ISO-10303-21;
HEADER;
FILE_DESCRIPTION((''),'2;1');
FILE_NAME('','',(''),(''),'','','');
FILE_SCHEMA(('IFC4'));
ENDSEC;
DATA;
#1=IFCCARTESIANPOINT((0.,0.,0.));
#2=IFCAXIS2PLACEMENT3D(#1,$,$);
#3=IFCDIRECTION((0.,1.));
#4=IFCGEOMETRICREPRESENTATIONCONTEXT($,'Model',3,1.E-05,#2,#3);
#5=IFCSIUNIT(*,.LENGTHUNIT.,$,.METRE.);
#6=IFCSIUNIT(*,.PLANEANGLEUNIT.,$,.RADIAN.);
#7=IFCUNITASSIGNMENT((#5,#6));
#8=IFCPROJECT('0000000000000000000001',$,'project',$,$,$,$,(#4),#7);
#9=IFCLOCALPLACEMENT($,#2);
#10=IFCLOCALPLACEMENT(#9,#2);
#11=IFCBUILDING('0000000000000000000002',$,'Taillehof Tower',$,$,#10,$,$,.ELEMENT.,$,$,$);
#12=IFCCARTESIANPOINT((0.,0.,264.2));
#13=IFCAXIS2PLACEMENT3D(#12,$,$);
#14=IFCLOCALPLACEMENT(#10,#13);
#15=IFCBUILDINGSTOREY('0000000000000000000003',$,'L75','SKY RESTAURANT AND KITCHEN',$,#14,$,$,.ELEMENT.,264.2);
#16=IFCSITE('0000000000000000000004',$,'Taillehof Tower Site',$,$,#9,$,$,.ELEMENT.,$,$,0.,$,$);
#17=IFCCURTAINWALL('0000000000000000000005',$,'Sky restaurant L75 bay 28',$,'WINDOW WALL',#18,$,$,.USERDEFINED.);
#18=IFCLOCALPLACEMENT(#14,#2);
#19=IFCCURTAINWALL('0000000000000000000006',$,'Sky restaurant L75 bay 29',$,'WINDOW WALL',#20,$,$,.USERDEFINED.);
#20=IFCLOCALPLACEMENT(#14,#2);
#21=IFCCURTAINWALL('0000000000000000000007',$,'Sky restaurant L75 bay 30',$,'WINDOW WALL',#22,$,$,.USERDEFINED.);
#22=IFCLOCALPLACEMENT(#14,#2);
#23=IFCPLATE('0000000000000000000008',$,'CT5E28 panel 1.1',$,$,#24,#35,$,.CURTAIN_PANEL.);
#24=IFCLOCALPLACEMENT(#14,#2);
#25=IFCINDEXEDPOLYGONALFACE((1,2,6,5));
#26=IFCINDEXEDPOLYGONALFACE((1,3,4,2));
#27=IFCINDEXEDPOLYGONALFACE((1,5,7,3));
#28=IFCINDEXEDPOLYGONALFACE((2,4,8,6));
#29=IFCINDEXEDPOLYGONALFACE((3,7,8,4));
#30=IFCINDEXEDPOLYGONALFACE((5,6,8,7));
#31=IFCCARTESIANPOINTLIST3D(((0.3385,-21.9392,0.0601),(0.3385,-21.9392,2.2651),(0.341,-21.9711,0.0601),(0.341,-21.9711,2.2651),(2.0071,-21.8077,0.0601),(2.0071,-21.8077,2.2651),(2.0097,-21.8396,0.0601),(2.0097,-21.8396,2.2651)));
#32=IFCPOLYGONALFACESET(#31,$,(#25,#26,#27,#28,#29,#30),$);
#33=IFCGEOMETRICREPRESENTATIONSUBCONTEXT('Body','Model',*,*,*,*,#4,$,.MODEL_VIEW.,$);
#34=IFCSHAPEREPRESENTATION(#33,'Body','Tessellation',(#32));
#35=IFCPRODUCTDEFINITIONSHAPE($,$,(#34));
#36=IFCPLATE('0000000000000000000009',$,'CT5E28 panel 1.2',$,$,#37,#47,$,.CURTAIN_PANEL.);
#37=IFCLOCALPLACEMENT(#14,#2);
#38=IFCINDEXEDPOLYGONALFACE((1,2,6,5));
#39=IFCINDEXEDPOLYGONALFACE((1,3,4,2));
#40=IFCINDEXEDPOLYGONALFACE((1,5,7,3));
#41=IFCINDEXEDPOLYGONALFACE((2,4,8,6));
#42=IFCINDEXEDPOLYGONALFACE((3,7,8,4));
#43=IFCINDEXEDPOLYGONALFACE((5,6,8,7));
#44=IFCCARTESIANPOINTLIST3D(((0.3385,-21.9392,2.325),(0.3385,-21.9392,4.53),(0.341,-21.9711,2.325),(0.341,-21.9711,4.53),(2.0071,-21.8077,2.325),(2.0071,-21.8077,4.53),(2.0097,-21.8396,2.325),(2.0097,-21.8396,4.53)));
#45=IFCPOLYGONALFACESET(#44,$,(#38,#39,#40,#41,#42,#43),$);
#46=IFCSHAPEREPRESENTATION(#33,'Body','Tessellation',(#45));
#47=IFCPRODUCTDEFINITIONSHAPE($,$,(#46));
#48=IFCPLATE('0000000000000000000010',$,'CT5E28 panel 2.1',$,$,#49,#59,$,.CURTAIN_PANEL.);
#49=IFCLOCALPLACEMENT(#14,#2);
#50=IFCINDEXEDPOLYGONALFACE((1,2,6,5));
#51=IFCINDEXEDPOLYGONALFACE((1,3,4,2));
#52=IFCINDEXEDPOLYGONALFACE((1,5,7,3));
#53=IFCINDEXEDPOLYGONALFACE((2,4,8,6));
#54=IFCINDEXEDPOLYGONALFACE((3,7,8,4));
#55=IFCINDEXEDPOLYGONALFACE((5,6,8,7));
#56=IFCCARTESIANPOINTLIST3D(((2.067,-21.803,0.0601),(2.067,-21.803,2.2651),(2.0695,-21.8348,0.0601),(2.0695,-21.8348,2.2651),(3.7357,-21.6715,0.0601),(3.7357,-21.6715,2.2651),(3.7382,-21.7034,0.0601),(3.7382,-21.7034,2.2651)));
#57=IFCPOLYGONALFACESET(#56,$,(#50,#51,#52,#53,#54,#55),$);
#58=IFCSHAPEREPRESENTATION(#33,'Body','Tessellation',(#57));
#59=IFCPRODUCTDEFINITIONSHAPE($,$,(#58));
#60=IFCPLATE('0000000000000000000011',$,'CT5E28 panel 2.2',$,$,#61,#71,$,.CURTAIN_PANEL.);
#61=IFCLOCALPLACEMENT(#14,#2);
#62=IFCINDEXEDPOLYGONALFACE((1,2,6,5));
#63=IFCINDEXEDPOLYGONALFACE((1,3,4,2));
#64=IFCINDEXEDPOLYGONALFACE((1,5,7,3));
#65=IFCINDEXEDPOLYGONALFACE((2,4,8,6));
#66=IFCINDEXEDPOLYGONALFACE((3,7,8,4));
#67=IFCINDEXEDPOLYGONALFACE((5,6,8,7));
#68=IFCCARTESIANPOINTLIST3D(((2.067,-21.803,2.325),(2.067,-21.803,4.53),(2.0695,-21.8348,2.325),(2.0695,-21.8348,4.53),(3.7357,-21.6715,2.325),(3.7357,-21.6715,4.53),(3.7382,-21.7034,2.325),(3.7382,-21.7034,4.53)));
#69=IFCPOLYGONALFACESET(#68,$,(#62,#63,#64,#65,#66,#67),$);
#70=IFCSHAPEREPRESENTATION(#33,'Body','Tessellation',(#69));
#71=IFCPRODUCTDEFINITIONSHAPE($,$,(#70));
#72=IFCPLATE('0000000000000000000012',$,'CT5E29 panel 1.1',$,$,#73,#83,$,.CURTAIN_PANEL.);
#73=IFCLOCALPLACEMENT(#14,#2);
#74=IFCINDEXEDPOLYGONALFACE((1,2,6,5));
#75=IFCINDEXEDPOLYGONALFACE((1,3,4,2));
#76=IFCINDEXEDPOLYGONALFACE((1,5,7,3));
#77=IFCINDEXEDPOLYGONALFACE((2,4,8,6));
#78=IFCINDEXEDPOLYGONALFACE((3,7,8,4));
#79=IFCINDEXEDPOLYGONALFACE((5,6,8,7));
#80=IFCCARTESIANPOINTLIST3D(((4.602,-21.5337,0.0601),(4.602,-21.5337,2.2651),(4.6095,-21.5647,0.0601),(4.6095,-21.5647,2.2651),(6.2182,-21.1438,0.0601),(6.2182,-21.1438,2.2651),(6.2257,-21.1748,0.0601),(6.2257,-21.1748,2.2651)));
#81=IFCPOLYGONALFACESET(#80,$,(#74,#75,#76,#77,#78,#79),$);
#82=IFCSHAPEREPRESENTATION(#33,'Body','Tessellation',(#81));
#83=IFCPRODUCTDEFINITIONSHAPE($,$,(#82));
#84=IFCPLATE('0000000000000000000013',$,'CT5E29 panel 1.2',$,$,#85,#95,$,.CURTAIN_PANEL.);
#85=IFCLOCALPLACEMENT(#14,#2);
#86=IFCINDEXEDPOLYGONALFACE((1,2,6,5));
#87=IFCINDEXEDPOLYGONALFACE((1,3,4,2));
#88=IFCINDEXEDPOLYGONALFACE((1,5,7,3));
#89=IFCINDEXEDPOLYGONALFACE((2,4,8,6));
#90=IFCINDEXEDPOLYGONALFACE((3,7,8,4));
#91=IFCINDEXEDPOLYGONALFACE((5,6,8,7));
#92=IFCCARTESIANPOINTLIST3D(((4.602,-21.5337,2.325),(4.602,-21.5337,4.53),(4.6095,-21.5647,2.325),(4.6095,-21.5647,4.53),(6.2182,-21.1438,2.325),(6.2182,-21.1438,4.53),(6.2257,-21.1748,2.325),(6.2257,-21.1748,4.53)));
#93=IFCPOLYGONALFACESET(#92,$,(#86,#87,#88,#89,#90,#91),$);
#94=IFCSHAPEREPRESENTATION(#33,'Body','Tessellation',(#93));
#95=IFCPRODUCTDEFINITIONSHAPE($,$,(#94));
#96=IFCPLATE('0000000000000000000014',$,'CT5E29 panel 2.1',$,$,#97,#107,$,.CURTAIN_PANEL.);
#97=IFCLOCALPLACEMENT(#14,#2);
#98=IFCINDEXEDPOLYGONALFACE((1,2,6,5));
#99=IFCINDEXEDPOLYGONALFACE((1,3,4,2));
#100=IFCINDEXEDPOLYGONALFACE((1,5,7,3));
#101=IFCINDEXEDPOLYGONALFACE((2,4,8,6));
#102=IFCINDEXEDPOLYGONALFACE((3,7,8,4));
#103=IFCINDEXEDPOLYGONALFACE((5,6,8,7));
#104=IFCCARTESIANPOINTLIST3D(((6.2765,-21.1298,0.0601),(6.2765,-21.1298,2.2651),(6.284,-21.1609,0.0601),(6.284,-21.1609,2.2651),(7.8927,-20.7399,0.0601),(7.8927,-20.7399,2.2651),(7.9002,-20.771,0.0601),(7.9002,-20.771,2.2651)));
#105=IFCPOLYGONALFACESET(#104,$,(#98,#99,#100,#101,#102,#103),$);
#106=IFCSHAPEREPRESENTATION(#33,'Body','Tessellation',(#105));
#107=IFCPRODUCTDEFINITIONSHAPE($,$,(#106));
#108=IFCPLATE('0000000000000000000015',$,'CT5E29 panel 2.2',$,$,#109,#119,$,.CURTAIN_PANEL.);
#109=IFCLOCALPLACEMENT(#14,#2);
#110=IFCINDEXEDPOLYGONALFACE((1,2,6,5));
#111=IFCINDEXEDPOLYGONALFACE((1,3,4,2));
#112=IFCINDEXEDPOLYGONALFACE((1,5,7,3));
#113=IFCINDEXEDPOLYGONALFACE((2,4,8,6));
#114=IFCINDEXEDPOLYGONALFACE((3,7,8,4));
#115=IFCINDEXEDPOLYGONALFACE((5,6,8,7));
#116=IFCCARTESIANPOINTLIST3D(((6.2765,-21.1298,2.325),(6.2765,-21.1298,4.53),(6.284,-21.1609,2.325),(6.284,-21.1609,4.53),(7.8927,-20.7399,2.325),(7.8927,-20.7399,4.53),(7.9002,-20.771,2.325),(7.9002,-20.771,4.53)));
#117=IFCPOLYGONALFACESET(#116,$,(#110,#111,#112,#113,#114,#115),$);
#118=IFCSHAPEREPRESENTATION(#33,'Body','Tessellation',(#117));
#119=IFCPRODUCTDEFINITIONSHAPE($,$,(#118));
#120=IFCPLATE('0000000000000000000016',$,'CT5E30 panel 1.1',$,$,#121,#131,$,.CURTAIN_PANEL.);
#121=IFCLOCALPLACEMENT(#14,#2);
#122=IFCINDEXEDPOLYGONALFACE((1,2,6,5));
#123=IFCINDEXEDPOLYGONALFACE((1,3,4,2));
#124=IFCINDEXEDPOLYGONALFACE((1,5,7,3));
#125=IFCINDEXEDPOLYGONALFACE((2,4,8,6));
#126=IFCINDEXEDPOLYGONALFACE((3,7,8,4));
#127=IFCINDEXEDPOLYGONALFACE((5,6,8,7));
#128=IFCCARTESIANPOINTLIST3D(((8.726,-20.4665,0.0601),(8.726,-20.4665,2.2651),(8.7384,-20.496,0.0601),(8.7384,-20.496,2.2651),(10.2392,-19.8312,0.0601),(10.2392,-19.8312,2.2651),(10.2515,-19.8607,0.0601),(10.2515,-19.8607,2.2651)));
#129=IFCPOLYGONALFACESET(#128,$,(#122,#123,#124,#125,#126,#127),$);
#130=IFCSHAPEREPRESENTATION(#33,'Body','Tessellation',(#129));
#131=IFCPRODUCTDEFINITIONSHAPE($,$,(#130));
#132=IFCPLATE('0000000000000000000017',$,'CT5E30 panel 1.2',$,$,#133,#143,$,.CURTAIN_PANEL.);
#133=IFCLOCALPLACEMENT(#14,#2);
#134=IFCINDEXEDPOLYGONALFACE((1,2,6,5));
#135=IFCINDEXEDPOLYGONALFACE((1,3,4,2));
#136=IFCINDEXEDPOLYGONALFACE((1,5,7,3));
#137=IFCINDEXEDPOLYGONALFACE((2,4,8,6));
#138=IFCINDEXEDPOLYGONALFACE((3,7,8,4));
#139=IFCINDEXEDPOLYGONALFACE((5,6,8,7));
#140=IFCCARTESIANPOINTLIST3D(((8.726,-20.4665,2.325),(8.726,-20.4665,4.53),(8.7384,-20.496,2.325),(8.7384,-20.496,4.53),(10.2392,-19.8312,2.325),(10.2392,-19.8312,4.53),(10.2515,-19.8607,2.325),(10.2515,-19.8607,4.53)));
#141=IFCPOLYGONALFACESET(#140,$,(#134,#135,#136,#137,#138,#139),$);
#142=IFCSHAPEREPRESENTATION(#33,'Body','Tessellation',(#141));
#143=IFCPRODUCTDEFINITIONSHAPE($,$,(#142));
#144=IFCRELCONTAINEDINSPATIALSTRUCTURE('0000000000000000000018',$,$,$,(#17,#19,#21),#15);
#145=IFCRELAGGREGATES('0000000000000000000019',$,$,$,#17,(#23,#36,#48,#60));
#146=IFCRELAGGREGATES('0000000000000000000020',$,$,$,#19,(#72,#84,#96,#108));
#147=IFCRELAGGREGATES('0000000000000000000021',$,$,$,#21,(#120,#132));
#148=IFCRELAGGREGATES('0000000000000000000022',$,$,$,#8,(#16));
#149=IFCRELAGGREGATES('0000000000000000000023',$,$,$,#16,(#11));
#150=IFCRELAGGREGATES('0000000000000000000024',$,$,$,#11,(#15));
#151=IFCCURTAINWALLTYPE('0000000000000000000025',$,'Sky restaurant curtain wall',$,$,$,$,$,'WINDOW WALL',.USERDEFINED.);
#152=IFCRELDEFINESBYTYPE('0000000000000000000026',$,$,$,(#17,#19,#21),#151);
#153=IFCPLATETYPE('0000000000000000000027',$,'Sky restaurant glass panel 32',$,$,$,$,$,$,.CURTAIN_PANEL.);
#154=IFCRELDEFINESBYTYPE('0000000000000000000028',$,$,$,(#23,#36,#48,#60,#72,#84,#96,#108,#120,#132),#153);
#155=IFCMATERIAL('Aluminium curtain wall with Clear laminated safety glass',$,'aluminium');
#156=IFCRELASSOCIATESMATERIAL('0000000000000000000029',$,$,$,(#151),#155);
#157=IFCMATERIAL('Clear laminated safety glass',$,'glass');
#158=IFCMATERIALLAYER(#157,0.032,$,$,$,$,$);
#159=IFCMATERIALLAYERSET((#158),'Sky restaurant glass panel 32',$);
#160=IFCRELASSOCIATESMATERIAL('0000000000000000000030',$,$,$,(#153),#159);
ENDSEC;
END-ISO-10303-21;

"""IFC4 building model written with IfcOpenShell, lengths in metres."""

from ifc_helpers import new_model, si_unit, direction, frame, origin, origin_2d, place, context, subcontext, project, spatial, rectangle, extrude, material, layer, layer_set, type_object, element, aggregate, save


model = new_model("IFC4")

# Units and contexts
model_context = context("Model", 3, precision=1e-05, world=origin(), true_north=direction((0.0, 1.0)))
body_context = subcontext(model_context, "Body", "Model", "MODEL_VIEW")
ifc_project = project(units=[si_unit("LENGTHUNIT", "METRE"), si_unit("PLANEANGLEUNIT", "RADIAN")], contexts=[model_context])

# Site, building, storey
site_placement = place(None, origin())
site = spatial("IfcSite", under=ifc_project, at=site_placement, Name="Taillehof Tower Site", CompositionType="ELEMENT", RefElevation=0.0)
building_placement = place(site_placement, origin())
building = spatial("IfcBuilding", under=site, at=building_placement, Name="Taillehof Tower", CompositionType="ELEMENT")
storey_placement = place(building_placement, frame((0.0, 0.0, 264.2)))
storey = spatial("IfcBuildingStorey", under=building, at=storey_placement, Name="L75", Description="SKY RESTAURANT AND KITCHEN", CompositionType="ELEMENT", Elevation=264.2)

# Curtain walls
ifc_material_1 = material(Name="Aluminium curtain wall with Clear laminated safety glass", Category="aluminium")
curtain_wall_type = type_object("IfcCurtainWallType", Name="Sky restaurant curtain wall", ElementType="WINDOW WALL", PredefinedType="USERDEFINED", material=ifc_material_1)
curtain_wall_1_placement = place(storey_placement, origin())
curtain_wall_1 = element("IfcCurtainWall", 1, at=curtain_wall_1_placement, inside=storey, type_object=curtain_wall_type, Name="Sky restaurant L75 bay 28", ObjectType="WINDOW WALL", PredefinedType="USERDEFINED")
curtain_wall_2_placement = place(storey_placement, origin())
curtain_wall_2 = element("IfcCurtainWall", 2, at=curtain_wall_2_placement, inside=storey, type_object=curtain_wall_type, Name="Sky restaurant L75 bay 29", ObjectType="WINDOW WALL", PredefinedType="USERDEFINED")

# Curtain wall
curtain_wall_3_placement = place(storey_placement, origin())
curtain_wall_3 = element("IfcCurtainWall", 3, at=curtain_wall_3_placement, inside=storey, type_object=curtain_wall_type, Name="Sky restaurant L75 bay 30", ObjectType="WINDOW WALL", PredefinedType="USERDEFINED")

# Plates
ifc_material_2 = material(Name="Clear laminated safety glass", Category="glass")
ifc_layer = layer(ifc_material_2, 0.032)
ifc_layer_set = layer_set([ifc_layer], Name="Sky restaurant glass panel 32")
plate_type = type_object("IfcPlateType", Name="Sky restaurant glass panel 32", PredefinedType="CURTAIN_PANEL", material=ifc_layer_set)
plate_1_placement = place(storey_placement, frame((1.1741, -21.8894, 0.0601), z_axis=(0.0, 0.0, 1.0), x_axis=(0.996912, 0.078525, 0.0)))
plate_1 = element("IfcPlate", 4, at=plate_1_placement, type_object=plate_type, Name="CT5E28 panel 1.1", PredefinedType="CURTAIN_PANEL", context=body_context, shape_type="SweptSolid", body=[
    extrude(rectangle(XDim=1.6738, YDim=0.032, at=origin_2d()), origin(), (0.0, 0.0, 1.0), 2.2051),
])
plate_2_placement = place(storey_placement, frame((1.1741, -21.8894, 2.325), z_axis=(0.0, 0.0, 1.0), x_axis=(0.996912, 0.078525, 0.0)))
plate_2 = element("IfcPlate", 5, at=plate_2_placement, type_object=plate_type, Name="CT5E28 panel 1.2", PredefinedType="CURTAIN_PANEL", context=body_context, shape_type="SweptSolid", body=[
    extrude(rectangle(XDim=1.6738, YDim=0.032, at=origin_2d()), origin(), (0.0, 0.0, 1.0), 2.2051),
])
plate_3_placement = place(storey_placement, frame((2.9026, -21.7532, 0.0601), z_axis=(0.0, 0.0, 1.0), x_axis=(0.996912, 0.078525, 0.0)))
plate_3 = element("IfcPlate", 6, at=plate_3_placement, type_object=plate_type, Name="CT5E28 panel 2.1", PredefinedType="CURTAIN_PANEL", context=body_context, shape_type="SweptSolid", body=[
    extrude(rectangle(XDim=1.6738, YDim=0.032, at=origin_2d()), origin(), (0.0, 0.0, 1.0), 2.2051),
])
plate_4_placement = place(storey_placement, frame((2.9026, -21.7532, 2.325), z_axis=(0.0, 0.0, 1.0), x_axis=(0.996912, 0.078525, 0.0)))
plate_4 = element("IfcPlate", 7, at=plate_4_placement, type_object=plate_type, Name="CT5E28 panel 2.2", PredefinedType="CURTAIN_PANEL", context=body_context, shape_type="SweptSolid", body=[
    extrude(rectangle(XDim=1.6738, YDim=0.032, at=origin_2d()), origin(), (0.0, 0.0, 1.0), 2.2051),
])
aggregate(curtain_wall_1, [plate_1, plate_2, plate_3, plate_4])
plate_5_placement = place(storey_placement, frame((5.4138, -21.3542, 0.0601), z_axis=(0.0, 0.0, 1.0), x_axis=(0.972113, 0.234515, 0.0)))
plate_5 = element("IfcPlate", 8, at=plate_5_placement, type_object=plate_type, Name="CT5E29 panel 1.1", PredefinedType="CURTAIN_PANEL", context=body_context, shape_type="SweptSolid", body=[
    extrude(rectangle(XDim=1.6626, YDim=0.032, at=origin_2d()), origin(), (0.0, 0.0, 1.0), 2.2051),
])
plate_6_placement = place(storey_placement, frame((5.4138, -21.3542, 2.325), z_axis=(0.0, 0.0, 1.0), x_axis=(0.972113, 0.234515, 0.0)))
plate_6 = element("IfcPlate", 9, at=plate_6_placement, type_object=plate_type, Name="CT5E29 panel 1.2", PredefinedType="CURTAIN_PANEL", context=body_context, shape_type="SweptSolid", body=[
    extrude(rectangle(XDim=1.6626, YDim=0.032, at=origin_2d()), origin(), (0.0, 0.0, 1.0), 2.2051),
])
plate_7_placement = place(storey_placement, frame((7.0884, -20.9504, 0.0601), z_axis=(0.0, 0.0, 1.0), x_axis=(0.972113, 0.234515, 0.0)))
plate_7 = element("IfcPlate", 10, at=plate_7_placement, type_object=plate_type, Name="CT5E29 panel 2.1", PredefinedType="CURTAIN_PANEL", context=body_context, shape_type="SweptSolid", body=[
    extrude(rectangle(XDim=1.6626, YDim=0.032, at=origin_2d()), origin(), (0.0, 0.0, 1.0), 2.2051),
])
plate_8_placement = place(storey_placement, frame((7.0884, -20.9504, 2.325), z_axis=(0.0, 0.0, 1.0), x_axis=(0.972113, 0.234515, 0.0)))
plate_8 = element("IfcPlate", 11, at=plate_8_placement, type_object=plate_type, Name="CT5E29 panel 2.2", PredefinedType="CURTAIN_PANEL", context=body_context, shape_type="SweptSolid", body=[
    extrude(rectangle(XDim=1.6626, YDim=0.032, at=origin_2d()), origin(), (0.0, 0.0, 1.0), 2.2051),
])
aggregate(curtain_wall_2, [plate_5, plate_6, plate_7, plate_8])
plate_9_placement = place(storey_placement, frame((9.4888, -20.1636, 0.0601), z_axis=(0.0, 0.0, 1.0), x_axis=(0.922037, 0.387101, 0.0)))
plate_9 = element("IfcPlate", 12, at=plate_9_placement, type_object=plate_type, Name="CT5E30 panel 1.1", PredefinedType="CURTAIN_PANEL", context=body_context, shape_type="SweptSolid", body=[
    extrude(rectangle(XDim=1.6411, YDim=0.032, at=origin_2d()), origin(), (0.0, 0.0, 1.0), 2.2051),
])
plate_10_placement = place(storey_placement, frame((9.4888, -20.1636, 2.325), z_axis=(0.0, 0.0, 1.0), x_axis=(0.922037, 0.387101, 0.0)))
plate_10 = element("IfcPlate", 13, at=plate_10_placement, type_object=plate_type, Name="CT5E30 panel 1.2", PredefinedType="CURTAIN_PANEL", context=body_context, shape_type="SweptSolid", body=[
    extrude(rectangle(XDim=1.6411, YDim=0.032, at=origin_2d()), origin(), (0.0, 0.0, 1.0), 2.2051),
])
aggregate(curtain_wall_3, [plate_9, plate_10])

save(model, "model.ifc")
